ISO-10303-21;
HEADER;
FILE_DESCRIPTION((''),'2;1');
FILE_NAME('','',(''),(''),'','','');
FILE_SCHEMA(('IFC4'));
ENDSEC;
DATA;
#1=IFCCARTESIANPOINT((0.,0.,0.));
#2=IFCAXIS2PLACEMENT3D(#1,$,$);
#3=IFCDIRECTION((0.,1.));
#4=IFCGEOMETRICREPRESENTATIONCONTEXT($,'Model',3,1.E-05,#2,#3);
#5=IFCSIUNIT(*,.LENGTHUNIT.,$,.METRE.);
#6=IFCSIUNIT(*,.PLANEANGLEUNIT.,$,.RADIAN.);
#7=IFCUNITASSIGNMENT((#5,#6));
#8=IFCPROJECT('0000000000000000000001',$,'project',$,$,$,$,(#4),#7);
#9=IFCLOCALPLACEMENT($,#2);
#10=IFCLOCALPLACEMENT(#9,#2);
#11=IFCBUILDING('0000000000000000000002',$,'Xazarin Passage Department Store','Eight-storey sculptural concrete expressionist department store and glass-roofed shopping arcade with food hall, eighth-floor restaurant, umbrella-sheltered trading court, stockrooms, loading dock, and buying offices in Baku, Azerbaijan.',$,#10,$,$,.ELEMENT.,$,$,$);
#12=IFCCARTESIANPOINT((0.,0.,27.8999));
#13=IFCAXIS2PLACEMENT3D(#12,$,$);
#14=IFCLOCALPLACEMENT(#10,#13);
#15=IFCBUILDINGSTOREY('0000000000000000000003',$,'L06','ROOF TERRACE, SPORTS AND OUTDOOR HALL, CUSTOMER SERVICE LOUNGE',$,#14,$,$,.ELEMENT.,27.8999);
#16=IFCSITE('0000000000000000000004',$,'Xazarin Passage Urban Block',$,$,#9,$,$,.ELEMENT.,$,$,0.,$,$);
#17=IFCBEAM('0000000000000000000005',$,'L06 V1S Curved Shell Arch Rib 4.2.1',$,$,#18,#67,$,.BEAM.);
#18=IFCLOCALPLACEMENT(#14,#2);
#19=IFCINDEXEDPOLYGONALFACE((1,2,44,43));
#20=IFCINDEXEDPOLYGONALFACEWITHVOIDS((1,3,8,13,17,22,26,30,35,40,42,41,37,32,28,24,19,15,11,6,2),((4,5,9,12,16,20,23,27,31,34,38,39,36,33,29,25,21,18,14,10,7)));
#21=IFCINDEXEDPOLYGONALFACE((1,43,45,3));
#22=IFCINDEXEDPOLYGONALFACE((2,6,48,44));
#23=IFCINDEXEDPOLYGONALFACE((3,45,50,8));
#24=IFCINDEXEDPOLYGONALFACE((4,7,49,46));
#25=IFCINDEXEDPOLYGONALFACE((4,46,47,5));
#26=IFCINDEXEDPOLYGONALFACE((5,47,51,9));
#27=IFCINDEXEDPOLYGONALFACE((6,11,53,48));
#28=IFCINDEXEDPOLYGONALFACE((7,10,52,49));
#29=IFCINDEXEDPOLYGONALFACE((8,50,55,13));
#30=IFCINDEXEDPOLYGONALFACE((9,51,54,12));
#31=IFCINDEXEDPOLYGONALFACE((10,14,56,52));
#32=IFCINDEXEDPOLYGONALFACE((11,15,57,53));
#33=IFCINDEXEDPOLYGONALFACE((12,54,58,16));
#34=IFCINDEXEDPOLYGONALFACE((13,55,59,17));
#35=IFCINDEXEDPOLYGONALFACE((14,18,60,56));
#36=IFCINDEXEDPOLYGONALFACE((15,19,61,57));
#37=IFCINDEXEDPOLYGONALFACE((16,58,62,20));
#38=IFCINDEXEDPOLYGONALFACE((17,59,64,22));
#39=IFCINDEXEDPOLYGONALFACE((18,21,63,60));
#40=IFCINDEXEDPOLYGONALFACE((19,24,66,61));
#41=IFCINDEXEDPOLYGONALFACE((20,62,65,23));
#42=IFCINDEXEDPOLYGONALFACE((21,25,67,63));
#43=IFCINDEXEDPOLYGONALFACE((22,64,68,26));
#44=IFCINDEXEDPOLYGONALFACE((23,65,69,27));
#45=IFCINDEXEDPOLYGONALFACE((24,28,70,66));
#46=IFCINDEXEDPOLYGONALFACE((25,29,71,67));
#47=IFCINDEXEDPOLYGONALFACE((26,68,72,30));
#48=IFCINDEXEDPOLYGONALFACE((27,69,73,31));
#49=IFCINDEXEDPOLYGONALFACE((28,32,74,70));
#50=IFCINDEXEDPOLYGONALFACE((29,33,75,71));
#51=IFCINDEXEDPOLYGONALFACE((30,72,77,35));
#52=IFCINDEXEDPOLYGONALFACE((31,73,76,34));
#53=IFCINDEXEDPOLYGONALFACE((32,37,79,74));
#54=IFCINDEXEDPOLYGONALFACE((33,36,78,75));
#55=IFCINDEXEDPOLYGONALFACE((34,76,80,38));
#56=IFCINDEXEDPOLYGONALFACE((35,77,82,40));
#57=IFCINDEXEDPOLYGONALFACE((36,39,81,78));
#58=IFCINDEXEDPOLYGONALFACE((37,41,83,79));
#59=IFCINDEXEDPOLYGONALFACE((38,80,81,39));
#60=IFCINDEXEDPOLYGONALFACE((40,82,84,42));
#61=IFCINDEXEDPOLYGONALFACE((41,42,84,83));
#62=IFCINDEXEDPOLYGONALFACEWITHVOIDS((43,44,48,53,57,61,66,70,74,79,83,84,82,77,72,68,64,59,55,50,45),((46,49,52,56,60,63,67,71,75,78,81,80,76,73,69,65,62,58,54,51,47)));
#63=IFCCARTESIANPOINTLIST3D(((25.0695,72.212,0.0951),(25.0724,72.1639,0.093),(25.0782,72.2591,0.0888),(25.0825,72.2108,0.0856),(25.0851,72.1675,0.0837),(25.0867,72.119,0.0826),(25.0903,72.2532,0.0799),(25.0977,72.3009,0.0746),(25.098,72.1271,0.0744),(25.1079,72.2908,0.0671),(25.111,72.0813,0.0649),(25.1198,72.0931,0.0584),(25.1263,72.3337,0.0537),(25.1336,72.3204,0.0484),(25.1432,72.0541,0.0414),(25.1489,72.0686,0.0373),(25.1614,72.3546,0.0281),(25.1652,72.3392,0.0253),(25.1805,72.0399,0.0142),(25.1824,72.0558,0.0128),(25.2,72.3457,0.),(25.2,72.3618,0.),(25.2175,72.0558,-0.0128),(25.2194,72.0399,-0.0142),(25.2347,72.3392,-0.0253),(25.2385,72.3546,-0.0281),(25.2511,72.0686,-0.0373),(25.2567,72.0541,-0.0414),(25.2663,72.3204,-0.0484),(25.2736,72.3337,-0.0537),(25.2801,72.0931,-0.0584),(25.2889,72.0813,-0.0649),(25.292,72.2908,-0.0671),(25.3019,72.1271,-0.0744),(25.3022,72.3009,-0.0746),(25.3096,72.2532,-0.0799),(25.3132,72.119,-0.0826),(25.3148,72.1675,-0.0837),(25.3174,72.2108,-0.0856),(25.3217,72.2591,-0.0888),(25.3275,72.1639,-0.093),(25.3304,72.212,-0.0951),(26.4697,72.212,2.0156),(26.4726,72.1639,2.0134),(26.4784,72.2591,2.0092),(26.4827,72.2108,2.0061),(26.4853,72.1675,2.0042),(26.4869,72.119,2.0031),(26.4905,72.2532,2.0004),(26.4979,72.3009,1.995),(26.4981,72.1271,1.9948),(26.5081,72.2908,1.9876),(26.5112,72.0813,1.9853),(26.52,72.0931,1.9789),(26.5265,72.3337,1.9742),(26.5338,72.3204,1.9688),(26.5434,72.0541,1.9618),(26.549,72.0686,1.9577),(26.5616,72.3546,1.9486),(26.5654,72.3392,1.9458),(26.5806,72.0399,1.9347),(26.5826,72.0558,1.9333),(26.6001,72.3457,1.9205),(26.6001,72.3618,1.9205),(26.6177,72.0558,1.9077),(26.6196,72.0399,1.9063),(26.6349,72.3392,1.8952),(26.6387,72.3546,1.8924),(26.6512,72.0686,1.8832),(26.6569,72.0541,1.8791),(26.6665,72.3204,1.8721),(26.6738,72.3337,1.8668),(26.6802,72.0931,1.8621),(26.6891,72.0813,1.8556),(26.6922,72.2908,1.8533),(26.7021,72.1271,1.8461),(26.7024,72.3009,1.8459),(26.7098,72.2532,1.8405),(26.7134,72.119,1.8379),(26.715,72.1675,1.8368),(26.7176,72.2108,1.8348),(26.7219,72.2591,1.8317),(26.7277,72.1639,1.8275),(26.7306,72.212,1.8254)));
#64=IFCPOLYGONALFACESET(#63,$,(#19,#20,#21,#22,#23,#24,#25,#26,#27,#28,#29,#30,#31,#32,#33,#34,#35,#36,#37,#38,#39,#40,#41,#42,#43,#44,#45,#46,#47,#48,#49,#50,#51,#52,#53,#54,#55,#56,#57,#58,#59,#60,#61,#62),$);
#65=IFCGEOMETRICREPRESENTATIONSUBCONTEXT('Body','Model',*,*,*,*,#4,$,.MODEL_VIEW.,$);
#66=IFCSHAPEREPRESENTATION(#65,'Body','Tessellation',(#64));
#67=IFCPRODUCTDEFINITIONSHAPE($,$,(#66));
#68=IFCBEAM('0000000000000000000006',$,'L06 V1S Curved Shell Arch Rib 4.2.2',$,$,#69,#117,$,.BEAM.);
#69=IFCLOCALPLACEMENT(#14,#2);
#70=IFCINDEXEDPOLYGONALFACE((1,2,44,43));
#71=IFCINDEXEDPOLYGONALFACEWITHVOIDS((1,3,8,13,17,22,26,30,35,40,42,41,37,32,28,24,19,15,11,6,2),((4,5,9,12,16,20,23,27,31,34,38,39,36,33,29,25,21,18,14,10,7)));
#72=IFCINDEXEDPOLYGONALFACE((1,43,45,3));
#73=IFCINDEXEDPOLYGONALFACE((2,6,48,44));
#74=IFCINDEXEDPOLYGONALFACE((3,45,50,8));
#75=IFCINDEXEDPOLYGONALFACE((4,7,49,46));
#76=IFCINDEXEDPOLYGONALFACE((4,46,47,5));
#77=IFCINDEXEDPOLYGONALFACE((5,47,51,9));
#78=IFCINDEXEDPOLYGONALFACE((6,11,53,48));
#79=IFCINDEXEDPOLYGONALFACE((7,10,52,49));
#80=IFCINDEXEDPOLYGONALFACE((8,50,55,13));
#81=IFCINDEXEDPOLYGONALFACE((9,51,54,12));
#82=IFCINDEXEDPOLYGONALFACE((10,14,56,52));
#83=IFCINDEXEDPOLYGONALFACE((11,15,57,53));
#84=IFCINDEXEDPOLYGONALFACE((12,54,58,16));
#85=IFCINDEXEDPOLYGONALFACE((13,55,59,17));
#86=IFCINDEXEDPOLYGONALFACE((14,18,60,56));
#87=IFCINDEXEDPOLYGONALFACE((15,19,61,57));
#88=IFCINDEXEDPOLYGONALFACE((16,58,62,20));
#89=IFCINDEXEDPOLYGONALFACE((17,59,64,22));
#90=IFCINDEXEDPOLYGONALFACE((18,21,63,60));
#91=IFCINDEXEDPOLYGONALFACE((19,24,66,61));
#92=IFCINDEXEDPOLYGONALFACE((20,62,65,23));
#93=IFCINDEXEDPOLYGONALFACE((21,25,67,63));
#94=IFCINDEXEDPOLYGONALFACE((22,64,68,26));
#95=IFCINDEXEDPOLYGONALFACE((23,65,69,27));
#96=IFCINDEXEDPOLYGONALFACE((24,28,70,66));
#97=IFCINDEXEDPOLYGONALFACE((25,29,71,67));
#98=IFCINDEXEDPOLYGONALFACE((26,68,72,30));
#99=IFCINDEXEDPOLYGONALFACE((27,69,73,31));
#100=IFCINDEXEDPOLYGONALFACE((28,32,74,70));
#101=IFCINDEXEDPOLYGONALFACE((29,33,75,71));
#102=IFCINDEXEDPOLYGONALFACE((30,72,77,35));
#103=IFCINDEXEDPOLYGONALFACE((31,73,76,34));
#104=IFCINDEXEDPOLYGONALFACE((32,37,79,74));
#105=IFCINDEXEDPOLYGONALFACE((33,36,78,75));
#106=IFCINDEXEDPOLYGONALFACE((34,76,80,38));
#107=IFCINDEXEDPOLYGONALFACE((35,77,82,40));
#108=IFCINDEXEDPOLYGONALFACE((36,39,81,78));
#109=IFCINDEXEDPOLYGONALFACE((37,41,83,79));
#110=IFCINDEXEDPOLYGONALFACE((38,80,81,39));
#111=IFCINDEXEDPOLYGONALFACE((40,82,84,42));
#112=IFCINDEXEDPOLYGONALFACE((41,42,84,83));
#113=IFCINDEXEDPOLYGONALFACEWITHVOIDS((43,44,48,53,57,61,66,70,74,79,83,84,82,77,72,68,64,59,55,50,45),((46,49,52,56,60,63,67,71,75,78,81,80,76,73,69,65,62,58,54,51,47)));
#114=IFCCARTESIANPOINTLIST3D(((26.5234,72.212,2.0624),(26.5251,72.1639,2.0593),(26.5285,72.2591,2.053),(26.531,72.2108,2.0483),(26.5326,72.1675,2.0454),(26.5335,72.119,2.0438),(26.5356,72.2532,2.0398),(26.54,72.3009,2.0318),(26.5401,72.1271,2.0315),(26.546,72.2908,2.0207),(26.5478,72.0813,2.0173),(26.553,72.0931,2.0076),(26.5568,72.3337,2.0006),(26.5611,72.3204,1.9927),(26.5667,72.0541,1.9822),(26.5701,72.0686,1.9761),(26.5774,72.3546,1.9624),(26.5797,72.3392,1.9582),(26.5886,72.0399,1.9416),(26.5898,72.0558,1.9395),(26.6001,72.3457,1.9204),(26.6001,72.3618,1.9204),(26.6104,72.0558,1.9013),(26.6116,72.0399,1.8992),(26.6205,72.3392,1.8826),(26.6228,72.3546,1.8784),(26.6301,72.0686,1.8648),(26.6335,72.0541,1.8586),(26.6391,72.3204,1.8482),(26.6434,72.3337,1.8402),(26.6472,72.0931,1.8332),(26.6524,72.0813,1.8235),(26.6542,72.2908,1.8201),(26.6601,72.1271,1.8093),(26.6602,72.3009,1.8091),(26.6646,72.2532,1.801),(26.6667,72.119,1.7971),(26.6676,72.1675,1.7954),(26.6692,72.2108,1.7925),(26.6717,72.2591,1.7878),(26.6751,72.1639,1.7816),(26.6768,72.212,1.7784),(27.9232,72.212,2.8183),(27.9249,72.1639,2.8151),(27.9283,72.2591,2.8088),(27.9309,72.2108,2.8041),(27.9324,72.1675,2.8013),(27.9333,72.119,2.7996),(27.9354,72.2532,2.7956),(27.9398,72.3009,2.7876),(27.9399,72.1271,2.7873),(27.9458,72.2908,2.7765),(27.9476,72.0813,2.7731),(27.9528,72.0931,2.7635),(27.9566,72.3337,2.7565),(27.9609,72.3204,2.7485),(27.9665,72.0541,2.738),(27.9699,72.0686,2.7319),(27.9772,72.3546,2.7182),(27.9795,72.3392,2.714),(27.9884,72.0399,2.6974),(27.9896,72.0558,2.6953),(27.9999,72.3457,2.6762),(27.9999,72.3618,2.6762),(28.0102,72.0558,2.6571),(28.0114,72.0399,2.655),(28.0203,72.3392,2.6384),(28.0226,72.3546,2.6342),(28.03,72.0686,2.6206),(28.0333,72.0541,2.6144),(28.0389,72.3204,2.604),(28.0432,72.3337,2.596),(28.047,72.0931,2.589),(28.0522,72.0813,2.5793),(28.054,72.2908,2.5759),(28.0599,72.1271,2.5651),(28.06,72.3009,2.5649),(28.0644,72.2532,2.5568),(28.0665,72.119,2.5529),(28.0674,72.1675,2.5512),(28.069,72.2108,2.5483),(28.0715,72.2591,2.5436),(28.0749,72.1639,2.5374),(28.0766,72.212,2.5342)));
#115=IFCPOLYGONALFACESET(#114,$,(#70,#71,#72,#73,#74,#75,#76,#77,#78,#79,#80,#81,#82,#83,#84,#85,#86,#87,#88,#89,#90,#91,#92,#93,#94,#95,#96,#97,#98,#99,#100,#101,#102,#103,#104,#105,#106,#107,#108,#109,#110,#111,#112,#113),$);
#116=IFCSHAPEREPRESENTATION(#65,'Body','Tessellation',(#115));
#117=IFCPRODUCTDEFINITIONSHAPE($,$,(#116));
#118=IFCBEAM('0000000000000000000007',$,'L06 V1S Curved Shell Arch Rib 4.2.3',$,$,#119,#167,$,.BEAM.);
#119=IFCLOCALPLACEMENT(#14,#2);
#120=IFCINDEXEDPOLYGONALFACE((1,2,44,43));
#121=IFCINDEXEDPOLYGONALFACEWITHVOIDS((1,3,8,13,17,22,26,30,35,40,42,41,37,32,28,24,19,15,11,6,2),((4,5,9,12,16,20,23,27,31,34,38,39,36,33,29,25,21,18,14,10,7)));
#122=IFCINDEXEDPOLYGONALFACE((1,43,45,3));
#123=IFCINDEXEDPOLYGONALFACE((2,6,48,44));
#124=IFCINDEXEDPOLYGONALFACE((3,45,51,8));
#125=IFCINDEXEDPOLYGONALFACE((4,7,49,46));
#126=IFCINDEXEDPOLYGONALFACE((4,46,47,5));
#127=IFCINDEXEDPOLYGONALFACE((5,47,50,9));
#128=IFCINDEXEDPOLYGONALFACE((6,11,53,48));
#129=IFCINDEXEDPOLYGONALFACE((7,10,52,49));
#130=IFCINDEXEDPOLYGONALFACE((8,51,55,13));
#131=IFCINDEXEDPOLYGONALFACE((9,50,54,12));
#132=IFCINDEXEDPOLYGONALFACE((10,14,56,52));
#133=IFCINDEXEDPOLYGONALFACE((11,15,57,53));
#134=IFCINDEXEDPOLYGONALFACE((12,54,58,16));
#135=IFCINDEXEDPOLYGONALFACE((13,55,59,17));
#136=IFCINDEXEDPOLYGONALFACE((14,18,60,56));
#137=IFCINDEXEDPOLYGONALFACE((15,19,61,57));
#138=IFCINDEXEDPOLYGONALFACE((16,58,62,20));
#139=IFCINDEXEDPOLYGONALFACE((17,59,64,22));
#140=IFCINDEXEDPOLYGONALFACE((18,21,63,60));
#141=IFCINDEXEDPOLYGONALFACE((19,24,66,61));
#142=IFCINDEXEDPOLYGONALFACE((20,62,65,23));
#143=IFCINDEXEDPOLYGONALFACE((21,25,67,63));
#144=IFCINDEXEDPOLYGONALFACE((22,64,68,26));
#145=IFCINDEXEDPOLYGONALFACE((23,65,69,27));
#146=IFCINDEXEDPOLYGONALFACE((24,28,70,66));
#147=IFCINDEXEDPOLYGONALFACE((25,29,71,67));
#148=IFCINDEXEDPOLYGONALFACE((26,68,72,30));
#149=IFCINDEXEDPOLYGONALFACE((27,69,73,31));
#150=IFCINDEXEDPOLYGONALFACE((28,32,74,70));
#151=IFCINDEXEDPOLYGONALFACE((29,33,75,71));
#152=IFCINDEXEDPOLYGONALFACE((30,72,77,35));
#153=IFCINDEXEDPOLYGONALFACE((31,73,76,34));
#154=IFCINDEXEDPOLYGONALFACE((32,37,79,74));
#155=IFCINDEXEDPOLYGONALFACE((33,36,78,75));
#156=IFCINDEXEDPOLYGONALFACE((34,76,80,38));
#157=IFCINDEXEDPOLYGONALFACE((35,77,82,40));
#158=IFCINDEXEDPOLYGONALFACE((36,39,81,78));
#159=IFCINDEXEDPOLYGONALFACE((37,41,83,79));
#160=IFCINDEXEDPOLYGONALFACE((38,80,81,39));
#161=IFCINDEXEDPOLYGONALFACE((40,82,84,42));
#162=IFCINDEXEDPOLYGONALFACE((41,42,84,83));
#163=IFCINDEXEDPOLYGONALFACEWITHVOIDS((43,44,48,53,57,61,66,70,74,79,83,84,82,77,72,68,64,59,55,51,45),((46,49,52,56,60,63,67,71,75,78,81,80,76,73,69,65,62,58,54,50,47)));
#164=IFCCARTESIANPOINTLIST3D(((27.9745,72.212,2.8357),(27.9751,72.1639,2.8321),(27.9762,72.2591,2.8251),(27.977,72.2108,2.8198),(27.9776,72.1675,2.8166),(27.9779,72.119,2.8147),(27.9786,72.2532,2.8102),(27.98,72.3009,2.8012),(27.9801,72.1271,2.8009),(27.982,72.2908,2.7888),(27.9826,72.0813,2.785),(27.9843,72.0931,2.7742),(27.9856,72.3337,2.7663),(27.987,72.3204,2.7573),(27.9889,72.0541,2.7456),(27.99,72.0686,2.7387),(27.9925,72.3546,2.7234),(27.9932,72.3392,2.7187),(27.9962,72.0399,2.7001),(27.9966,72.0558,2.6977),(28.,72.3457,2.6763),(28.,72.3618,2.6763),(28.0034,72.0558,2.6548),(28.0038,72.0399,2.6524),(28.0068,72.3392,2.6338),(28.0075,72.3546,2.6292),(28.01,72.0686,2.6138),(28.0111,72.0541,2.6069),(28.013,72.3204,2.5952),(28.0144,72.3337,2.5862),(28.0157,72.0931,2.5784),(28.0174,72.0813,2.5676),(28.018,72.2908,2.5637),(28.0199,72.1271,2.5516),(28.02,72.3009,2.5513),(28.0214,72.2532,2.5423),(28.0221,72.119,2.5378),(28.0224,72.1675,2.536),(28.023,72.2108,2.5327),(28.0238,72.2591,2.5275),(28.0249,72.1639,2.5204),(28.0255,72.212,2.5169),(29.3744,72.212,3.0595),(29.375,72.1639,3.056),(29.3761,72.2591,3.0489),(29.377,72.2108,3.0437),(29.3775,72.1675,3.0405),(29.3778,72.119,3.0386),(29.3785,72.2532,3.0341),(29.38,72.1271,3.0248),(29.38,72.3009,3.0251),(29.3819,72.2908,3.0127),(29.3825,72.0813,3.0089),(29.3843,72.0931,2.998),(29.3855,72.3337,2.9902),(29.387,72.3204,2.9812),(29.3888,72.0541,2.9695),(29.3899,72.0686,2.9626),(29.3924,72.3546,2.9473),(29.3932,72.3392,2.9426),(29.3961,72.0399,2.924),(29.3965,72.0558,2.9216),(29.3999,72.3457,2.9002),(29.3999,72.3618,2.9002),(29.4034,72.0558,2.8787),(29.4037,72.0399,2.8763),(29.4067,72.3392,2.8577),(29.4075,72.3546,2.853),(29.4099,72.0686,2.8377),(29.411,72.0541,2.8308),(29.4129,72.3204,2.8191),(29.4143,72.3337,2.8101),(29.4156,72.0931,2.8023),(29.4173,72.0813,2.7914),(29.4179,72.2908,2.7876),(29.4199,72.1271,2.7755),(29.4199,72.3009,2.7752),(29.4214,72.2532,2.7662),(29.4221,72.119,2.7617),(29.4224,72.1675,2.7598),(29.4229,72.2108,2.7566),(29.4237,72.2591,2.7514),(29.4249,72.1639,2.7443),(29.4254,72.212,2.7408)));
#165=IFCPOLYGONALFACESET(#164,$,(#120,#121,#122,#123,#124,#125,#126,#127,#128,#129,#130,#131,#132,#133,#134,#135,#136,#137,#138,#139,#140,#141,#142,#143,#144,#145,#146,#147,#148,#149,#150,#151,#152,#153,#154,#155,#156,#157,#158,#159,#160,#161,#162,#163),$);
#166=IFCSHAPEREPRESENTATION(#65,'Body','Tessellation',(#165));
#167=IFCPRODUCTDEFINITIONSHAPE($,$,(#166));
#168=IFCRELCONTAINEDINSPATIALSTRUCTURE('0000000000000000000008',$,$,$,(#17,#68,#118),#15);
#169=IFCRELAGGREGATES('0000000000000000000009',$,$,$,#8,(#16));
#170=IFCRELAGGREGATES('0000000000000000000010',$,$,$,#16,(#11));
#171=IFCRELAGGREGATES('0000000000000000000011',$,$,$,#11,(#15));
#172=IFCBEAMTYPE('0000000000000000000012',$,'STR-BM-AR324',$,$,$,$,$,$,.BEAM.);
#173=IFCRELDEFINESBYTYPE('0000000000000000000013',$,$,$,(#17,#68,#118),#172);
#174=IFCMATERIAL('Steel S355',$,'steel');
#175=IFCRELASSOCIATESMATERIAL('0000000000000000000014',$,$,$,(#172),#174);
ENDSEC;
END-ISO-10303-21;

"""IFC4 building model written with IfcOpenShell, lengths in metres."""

from ifc_helpers import new_model, si_unit, direction, frame, origin, origin_2d, place, context, subcontext, project, spatial, hollow_circle, extrude, material, material_profile, profile_set, type_object, element, save


model = new_model("IFC4")

# Units and contexts
model_context = context("Model", 3, precision=1e-05, world=origin(), true_north=direction((0.0, 1.0)))
body_context = subcontext(model_context, "Body", "Model", "MODEL_VIEW")
ifc_project = project(units=[si_unit("LENGTHUNIT", "METRE"), si_unit("PLANEANGLEUNIT", "RADIAN")], contexts=[model_context])

# Site, building, storey
site_placement = place(None, origin())
site = spatial("IfcSite", under=ifc_project, at=site_placement, Name="Xazarin Passage Urban Block", CompositionType="ELEMENT", RefElevation=0.0)
building_placement = place(site_placement, origin())
building = spatial("IfcBuilding", under=site, at=building_placement, Name="Xazarin Passage Department Store", Description="Eight-storey sculptural concrete expressionist department store and glass-roofed shopping arcade with food hall, eighth-floor restaurant, umbrella-sheltered trading court, stockrooms, loading dock, and buying offices in Baku, Azerbaijan.", CompositionType="ELEMENT")
storey_placement = place(building_placement, frame((0.0, 0.0, 27.8999)))
storey = spatial("IfcBuildingStorey", under=building, at=storey_placement, Name="L06", Description="ROOF TERRACE, SPORTS AND OUTDOOR HALL, CUSTOMER SERVICE LOUNGE", CompositionType="ELEMENT", Elevation=27.8999)

# Beams
ifc_material_1 = material(Name="Steel S355", Category="steel")
ifc_material_profile_1 = material_profile(ifc_material_1, hollow_circle(Radius=0.1619, WallThickness=0.0161, at=origin_2d()), Name="CHS 323.9x16")
ifc_profile_set_1 = profile_set([ifc_material_profile_1], Name="Steel S355")
beam_type_1 = type_object("IfcBeamType", Name="STR-BM-AR324", PredefinedType="BEAM", material=ifc_profile_set_1)
beam_1_placement = place(storey_placement, frame((25.2, 72.2, 0.0), z_axis=(0.58913, 0.0, 0.808038), x_axis=(0.0, 1.0, 0.0)))
element("IfcBeam", 1, at=beam_1_placement, inside=storey, type_object=beam_type_1, Name="L06 V1S Curved Shell Arch Rib 4.2.1", PredefinedType="BEAM", context=body_context, shape_type="SweptSolid", body=[
    extrude(hollow_circle(Radius=0.1619, WallThickness=0.0161, at=origin_2d()), origin(), (0.0, 0.0, 1.0), 2.3767),
])
beam_2_placement = place(storey_placement, frame((26.6001, 72.2, 1.9204), z_axis=(0.879928, 0.0, 0.475106), x_axis=(0.0, 1.0, 0.0)))
element("IfcBeam", 2, at=beam_2_placement, inside=storey, type_object=beam_type_1, Name="L06 V1S Curved Shell Arch Rib 4.2.2", PredefinedType="BEAM", context=body_context, shape_type="SweptSolid", body=[
    extrude(hollow_circle(Radius=0.1619, WallThickness=0.0161, at=origin_2d()), origin(), (0.0, 0.0, 1.0), 1.5908),
])
beam_3_placement = place(storey_placement, frame((28.0, 72.2, 2.6763), z_axis=(0.987452, 0.0, 0.157917), x_axis=(0.0, 1.0, 0.0)))
element("IfcBeam", 3, at=beam_3_placement, inside=storey, type_object=beam_type_1, Name="L06 V1S Curved Shell Arch Rib 4.2.3", PredefinedType="BEAM", context=body_context, shape_type="SweptSolid", body=[
    extrude(hollow_circle(Radius=0.1619, WallThickness=0.0161, at=origin_2d()), origin(), (0.0, 0.0, 1.0), 1.4177),
])

save(model, "model.ifc")
